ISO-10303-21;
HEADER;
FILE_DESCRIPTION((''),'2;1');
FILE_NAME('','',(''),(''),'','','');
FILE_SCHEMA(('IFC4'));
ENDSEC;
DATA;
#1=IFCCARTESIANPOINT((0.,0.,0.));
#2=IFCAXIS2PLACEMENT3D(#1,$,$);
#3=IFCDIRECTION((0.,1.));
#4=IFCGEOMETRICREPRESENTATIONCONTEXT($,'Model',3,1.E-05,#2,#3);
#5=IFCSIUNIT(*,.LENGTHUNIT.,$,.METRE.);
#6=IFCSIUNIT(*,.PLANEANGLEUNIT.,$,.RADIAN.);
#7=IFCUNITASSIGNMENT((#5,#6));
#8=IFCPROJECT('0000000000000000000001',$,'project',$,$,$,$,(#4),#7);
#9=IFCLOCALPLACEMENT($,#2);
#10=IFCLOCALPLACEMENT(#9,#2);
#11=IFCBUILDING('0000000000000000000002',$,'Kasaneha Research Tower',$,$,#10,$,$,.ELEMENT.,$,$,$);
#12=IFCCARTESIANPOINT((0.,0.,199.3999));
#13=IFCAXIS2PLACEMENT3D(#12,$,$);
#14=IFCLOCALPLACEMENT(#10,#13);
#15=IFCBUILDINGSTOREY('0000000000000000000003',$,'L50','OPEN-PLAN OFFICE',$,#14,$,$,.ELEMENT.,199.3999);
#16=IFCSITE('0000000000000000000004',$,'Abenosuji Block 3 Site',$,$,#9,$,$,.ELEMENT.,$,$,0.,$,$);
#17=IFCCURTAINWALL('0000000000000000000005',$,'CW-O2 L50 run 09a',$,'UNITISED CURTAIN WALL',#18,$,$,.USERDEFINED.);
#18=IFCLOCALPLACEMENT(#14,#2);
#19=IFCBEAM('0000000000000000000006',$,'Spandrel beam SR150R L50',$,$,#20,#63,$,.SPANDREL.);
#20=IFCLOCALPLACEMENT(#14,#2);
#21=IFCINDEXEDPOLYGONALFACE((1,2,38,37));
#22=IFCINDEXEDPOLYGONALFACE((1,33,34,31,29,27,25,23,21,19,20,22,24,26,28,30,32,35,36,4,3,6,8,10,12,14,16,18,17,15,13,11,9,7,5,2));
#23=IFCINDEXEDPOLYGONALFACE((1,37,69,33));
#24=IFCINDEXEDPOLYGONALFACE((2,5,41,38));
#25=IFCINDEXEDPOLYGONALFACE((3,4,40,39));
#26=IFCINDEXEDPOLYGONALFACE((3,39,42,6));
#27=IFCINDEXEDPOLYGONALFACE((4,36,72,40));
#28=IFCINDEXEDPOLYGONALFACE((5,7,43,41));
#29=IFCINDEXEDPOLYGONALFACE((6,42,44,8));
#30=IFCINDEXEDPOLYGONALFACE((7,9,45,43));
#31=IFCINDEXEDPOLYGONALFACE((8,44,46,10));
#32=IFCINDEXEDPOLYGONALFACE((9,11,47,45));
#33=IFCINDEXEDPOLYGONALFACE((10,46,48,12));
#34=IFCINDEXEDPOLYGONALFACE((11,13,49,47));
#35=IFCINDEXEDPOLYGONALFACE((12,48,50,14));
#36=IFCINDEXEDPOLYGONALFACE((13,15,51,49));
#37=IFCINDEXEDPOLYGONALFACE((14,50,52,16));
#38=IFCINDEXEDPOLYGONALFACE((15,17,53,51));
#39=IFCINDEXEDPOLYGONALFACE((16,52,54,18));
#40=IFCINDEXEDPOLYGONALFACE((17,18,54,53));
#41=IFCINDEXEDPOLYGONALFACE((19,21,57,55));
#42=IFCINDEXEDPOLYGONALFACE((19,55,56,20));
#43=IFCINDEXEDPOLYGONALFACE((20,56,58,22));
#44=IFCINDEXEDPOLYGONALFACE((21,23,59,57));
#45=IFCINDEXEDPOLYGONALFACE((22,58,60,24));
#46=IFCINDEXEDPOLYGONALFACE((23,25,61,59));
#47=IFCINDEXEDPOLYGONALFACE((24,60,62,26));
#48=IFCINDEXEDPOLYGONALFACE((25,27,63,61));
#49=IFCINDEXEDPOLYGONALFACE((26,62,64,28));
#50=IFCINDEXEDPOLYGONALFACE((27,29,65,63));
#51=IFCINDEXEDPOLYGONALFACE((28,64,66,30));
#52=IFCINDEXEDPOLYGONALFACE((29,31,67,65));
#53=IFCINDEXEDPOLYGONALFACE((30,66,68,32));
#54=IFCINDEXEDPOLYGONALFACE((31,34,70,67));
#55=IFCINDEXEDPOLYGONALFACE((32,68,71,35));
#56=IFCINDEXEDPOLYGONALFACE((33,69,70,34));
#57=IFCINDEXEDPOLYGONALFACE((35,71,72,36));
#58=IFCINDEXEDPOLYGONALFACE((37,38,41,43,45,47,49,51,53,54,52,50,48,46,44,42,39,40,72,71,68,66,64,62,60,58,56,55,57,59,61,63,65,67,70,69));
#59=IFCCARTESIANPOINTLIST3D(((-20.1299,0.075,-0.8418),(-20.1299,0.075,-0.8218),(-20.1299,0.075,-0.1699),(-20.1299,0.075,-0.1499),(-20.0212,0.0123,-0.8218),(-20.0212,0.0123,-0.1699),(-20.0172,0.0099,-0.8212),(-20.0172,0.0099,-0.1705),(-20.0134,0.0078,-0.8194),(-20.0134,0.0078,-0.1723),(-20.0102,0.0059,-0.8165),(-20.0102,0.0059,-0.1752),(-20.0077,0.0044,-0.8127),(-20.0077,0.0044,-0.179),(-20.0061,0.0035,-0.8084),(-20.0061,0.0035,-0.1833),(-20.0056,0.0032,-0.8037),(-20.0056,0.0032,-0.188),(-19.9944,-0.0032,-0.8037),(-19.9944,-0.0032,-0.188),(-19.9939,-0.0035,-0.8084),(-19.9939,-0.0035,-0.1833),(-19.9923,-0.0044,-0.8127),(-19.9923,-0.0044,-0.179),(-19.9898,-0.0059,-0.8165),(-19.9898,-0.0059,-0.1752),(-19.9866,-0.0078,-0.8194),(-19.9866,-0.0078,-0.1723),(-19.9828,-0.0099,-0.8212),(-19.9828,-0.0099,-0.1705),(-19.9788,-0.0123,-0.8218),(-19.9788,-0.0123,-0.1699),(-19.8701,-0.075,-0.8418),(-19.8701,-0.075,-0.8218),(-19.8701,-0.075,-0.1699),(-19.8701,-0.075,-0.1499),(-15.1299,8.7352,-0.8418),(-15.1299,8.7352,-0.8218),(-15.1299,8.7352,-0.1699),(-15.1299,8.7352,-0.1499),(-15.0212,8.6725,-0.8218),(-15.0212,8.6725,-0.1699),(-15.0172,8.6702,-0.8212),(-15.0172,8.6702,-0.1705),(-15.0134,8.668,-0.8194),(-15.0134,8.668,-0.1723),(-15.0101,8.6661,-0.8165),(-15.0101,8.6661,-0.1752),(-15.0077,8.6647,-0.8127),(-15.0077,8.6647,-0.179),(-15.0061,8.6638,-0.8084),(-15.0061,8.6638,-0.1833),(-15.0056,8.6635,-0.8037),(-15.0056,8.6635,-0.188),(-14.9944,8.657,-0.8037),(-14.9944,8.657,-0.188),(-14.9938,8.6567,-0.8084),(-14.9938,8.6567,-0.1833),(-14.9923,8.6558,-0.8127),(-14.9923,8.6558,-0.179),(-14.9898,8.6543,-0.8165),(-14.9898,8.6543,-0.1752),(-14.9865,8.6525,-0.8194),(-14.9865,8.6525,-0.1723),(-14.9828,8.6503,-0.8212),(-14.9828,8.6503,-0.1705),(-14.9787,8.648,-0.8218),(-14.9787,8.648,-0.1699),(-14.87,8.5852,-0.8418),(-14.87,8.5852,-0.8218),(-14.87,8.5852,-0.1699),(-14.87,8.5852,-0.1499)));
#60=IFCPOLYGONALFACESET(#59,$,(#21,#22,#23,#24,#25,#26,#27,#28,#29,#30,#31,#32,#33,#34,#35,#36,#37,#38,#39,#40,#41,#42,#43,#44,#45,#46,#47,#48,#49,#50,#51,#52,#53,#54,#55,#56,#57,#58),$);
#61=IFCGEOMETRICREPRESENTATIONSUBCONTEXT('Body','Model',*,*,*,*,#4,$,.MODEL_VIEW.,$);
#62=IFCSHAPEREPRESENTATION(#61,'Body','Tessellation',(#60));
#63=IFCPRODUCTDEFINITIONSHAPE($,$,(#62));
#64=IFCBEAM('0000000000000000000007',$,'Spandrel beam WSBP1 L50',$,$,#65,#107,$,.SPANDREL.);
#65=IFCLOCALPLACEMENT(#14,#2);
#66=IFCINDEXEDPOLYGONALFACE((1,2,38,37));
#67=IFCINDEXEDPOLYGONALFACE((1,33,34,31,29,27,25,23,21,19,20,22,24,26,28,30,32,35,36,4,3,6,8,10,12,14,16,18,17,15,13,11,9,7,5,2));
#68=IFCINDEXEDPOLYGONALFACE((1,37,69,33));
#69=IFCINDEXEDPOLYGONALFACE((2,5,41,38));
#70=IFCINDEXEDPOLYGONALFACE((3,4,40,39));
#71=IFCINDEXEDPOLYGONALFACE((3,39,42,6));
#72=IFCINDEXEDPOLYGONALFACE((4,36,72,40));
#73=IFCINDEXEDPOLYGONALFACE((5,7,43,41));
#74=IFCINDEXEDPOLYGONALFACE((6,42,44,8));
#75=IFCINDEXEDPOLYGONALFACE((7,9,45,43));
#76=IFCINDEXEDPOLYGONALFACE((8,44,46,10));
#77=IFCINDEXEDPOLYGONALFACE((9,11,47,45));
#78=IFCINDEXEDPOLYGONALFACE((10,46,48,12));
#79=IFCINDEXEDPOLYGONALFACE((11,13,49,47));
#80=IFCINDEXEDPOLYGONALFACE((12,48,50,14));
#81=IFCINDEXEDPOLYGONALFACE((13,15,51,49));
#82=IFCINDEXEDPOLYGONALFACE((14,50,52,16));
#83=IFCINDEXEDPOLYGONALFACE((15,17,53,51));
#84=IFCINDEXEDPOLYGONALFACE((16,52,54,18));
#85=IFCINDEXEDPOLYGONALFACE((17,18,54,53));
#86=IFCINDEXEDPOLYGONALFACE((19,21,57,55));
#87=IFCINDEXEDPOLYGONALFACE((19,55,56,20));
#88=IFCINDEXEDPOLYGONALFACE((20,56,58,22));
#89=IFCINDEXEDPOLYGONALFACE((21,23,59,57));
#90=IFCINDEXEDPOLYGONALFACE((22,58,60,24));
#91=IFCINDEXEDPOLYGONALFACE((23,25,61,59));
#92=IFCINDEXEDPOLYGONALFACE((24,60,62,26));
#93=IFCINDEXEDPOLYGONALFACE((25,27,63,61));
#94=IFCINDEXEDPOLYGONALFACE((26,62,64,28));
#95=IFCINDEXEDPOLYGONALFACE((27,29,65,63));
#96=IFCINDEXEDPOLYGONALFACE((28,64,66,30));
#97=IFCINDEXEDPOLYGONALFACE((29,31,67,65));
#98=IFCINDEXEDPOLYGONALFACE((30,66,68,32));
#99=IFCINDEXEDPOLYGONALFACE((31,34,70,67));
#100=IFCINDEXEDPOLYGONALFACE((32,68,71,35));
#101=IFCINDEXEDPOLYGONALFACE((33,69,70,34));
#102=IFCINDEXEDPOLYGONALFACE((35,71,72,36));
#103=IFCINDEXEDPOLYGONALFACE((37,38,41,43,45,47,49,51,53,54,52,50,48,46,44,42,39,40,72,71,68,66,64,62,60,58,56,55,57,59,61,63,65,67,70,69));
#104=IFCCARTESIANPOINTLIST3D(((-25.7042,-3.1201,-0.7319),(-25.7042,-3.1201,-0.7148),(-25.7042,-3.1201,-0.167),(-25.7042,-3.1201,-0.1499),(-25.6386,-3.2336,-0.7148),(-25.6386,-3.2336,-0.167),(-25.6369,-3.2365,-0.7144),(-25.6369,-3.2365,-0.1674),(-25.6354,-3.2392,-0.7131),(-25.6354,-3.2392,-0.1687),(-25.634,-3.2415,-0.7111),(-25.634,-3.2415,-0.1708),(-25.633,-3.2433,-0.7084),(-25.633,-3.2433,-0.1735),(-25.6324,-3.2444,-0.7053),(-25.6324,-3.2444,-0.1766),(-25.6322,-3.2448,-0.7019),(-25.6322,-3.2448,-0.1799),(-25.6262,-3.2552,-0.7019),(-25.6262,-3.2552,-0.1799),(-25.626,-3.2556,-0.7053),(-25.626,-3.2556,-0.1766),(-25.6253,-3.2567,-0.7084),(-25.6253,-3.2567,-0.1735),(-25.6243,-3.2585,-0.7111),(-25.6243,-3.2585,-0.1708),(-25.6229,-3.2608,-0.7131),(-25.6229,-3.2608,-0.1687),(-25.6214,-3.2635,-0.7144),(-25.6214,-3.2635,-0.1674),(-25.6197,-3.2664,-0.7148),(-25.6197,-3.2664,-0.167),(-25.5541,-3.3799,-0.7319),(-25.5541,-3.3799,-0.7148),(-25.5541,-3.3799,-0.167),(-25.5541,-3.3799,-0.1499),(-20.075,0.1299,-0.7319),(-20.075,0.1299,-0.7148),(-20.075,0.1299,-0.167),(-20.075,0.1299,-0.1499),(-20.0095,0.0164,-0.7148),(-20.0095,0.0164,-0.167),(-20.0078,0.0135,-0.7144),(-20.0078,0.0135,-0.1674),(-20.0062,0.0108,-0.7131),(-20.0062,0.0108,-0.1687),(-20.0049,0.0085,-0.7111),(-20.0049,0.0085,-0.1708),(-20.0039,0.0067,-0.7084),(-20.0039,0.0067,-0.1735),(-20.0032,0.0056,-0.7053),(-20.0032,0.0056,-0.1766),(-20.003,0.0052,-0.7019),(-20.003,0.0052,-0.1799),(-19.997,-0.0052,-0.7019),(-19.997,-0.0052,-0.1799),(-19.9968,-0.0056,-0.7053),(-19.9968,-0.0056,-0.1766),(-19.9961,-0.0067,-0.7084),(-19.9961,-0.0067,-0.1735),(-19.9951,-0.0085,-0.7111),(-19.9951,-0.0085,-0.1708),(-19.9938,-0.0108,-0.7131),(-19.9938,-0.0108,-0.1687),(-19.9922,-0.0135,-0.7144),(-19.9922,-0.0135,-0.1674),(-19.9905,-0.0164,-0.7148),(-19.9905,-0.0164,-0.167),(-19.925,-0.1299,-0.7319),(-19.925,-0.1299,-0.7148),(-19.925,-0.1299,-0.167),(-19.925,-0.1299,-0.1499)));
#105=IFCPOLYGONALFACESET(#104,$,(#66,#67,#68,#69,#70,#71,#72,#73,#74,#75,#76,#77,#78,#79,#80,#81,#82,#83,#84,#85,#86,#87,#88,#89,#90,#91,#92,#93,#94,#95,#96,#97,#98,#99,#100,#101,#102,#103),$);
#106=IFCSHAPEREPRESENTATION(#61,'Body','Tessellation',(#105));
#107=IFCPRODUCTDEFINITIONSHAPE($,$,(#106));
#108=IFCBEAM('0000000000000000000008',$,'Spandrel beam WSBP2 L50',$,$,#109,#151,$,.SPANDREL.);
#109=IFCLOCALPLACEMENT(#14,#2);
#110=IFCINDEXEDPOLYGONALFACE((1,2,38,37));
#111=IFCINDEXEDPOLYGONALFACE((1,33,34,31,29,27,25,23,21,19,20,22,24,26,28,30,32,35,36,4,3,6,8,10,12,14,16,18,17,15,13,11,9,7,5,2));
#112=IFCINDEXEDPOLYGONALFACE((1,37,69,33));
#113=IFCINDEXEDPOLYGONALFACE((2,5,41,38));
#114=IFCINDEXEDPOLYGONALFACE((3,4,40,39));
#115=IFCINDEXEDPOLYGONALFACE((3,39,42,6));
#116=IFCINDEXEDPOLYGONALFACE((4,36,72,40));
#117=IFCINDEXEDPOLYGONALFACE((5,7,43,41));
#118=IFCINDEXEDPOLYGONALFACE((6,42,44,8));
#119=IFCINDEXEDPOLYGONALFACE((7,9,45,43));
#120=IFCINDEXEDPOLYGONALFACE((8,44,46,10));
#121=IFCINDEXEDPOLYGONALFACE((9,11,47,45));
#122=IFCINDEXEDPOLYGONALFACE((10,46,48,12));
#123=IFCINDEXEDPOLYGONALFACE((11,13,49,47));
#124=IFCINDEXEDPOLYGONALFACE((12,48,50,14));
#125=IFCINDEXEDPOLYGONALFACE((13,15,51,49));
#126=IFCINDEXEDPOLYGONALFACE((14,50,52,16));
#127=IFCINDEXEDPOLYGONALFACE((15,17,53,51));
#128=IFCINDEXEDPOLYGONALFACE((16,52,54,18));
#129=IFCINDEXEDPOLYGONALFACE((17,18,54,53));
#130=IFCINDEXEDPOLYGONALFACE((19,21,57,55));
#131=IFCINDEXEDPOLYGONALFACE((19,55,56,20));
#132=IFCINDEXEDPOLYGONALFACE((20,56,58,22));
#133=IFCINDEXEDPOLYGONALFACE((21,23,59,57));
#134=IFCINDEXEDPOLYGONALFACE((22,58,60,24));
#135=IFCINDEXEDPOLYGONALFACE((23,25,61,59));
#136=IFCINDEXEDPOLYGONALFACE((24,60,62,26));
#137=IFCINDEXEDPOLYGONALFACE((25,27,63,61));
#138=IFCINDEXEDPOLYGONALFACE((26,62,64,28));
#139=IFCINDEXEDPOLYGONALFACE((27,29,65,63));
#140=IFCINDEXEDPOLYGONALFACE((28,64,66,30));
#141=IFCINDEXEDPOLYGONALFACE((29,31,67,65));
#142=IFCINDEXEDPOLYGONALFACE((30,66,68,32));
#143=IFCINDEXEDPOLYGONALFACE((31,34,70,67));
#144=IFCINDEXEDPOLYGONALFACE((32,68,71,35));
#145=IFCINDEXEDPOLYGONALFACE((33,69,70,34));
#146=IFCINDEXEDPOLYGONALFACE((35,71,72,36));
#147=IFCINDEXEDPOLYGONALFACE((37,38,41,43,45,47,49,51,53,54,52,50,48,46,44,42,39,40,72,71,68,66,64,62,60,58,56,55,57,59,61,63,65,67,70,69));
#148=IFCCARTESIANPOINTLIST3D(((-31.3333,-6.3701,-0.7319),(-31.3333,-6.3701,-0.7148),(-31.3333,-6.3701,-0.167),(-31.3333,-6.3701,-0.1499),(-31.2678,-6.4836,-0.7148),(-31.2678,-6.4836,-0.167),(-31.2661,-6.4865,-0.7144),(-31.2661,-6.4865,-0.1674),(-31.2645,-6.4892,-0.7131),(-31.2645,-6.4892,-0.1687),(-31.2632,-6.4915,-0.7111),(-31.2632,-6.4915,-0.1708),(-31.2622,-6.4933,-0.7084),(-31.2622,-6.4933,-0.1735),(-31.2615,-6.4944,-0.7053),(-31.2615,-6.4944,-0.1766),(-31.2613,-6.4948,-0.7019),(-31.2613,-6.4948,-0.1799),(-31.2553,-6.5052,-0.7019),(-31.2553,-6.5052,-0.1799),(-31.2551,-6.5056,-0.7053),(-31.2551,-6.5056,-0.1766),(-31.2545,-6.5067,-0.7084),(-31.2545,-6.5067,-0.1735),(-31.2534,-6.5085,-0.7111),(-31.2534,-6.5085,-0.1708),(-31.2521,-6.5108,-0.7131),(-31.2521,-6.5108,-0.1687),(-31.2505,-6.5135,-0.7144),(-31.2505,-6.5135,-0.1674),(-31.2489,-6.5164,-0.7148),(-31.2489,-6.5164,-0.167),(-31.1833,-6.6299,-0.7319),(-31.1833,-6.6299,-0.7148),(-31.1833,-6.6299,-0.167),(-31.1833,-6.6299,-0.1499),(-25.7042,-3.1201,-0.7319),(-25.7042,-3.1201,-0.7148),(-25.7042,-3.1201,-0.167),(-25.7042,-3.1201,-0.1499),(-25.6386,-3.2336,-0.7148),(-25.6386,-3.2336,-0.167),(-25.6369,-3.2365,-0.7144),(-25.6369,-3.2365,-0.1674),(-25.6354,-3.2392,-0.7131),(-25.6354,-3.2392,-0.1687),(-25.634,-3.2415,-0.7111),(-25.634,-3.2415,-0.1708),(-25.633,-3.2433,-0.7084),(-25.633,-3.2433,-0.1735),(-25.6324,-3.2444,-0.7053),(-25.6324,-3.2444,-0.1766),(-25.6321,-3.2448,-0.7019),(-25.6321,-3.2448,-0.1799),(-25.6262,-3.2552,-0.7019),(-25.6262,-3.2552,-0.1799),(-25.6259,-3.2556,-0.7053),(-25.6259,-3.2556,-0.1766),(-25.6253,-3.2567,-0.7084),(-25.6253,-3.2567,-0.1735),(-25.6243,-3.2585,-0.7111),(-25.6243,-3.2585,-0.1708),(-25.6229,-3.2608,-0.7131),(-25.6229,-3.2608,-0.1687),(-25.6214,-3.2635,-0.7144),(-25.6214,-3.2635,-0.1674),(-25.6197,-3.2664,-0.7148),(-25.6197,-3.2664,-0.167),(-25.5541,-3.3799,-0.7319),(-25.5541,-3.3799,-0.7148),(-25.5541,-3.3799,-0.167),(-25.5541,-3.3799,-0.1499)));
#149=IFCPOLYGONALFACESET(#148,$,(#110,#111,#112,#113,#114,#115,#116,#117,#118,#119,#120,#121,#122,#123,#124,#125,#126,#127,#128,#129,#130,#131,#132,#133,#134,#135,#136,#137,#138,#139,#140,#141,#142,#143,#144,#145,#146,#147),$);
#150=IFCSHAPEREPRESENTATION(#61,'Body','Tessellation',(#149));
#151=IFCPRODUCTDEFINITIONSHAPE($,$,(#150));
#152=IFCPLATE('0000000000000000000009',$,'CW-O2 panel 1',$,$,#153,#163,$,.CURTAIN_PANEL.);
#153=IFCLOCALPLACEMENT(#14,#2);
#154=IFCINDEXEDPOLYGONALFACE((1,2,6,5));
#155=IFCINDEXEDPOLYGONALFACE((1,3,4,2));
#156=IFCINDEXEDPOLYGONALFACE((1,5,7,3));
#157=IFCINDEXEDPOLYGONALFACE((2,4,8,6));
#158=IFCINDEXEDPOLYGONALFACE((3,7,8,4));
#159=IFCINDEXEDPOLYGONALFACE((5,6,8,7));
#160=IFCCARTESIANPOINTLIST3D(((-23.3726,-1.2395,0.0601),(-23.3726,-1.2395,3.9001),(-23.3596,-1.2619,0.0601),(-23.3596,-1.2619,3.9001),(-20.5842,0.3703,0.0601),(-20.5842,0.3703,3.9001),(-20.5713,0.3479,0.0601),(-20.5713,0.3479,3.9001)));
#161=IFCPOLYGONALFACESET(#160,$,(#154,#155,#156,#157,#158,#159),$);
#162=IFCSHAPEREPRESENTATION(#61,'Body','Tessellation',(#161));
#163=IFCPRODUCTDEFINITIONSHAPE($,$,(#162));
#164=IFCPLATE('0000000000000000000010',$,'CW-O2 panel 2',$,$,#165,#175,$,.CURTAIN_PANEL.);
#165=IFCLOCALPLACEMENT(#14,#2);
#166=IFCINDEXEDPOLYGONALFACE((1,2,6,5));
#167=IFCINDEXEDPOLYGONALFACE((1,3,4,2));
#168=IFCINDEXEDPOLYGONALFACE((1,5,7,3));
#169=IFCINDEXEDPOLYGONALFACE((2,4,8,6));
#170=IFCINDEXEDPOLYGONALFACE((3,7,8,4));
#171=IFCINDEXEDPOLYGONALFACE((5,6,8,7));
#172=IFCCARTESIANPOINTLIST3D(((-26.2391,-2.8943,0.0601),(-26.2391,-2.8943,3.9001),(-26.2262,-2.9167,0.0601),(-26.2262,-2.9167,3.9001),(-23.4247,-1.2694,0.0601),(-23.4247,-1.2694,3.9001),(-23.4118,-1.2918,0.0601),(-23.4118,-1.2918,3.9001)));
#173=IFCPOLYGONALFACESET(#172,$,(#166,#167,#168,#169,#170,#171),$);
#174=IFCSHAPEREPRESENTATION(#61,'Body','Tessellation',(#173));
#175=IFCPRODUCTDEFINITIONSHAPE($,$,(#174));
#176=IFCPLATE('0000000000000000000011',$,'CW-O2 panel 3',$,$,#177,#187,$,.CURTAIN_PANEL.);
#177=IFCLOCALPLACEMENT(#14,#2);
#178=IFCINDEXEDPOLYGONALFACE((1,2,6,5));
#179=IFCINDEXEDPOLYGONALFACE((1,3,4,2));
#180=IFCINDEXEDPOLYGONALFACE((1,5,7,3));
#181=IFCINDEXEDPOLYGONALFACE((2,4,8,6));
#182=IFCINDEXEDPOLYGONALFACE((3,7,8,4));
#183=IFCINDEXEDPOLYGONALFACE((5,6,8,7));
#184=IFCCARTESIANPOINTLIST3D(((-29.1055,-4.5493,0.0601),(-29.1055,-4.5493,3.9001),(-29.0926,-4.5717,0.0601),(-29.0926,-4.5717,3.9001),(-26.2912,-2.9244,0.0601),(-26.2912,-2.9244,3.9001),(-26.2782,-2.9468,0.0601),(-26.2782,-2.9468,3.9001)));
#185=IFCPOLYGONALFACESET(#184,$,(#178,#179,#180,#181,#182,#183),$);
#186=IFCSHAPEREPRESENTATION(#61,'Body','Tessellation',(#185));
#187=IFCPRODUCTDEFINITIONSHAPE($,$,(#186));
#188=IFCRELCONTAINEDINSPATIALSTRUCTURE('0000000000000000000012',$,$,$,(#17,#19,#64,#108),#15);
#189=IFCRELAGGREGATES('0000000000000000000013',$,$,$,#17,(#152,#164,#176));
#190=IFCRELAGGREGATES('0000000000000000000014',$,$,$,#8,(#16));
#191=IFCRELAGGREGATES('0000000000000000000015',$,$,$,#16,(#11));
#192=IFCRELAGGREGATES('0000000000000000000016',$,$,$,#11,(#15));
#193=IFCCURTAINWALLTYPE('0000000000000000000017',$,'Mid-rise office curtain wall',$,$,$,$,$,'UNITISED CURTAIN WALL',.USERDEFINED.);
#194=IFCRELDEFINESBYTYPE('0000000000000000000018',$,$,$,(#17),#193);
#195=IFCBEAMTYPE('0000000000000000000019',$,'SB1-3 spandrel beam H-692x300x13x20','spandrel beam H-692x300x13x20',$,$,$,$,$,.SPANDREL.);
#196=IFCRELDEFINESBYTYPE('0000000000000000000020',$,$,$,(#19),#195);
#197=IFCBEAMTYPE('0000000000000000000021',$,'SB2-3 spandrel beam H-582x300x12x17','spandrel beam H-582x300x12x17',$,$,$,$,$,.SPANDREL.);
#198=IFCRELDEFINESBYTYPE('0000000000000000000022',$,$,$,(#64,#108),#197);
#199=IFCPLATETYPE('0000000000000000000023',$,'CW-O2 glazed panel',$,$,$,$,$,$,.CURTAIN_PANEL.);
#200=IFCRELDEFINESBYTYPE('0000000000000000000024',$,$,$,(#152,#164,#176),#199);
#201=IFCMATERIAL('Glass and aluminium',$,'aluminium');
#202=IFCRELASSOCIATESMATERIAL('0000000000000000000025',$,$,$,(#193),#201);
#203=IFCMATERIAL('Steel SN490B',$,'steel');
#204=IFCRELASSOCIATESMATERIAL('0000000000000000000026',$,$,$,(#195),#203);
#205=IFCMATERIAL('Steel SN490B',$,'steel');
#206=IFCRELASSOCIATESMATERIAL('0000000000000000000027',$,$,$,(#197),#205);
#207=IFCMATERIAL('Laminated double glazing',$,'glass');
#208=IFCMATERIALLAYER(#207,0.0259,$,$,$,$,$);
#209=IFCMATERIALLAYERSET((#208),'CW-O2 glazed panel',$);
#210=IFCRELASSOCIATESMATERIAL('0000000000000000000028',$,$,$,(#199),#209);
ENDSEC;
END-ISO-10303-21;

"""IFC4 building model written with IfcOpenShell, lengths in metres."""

from ifc_helpers import new_model, si_unit, direction, frame, origin, origin_2d, place, context, subcontext, project, spatial, rectangle, i_section, extrude, material, layer, layer_set, material_profile, profile_set, type_object, element, aggregate, save


model = new_model("IFC4")

# Units and contexts
model_context = context("Model", 3, precision=1e-05, world=origin(), true_north=direction((0.0, 1.0)))
body_context = subcontext(model_context, "Body", "Model", "MODEL_VIEW")
ifc_project = project(units=[si_unit("LENGTHUNIT", "METRE"), si_unit("PLANEANGLEUNIT", "RADIAN")], contexts=[model_context])

# Site, building, storey
site_placement = place(None, origin())
site = spatial("IfcSite", under=ifc_project, at=site_placement, Name="Abenosuji Block 3 Site", CompositionType="ELEMENT", RefElevation=0.0)
building_placement = place(site_placement, origin())
building = spatial("IfcBuilding", under=site, at=building_placement, Name="Kasaneha Research Tower", CompositionType="ELEMENT")
storey_placement = place(building_placement, frame((0.0, 0.0, 199.3999)))
storey = spatial("IfcBuildingStorey", under=building, at=storey_placement, Name="L50", Description="OPEN-PLAN OFFICE", CompositionType="ELEMENT", Elevation=199.3999)

# Shared definitions
ifc_material_1 = material(Name="Glass and aluminium", Category="aluminium")
curtain_wall_type = type_object("IfcCurtainWallType", Name="Mid-rise office curtain wall", ElementType="UNITISED CURTAIN WALL", PredefinedType="USERDEFINED", material=ifc_material_1)

# Curtain wall
curtain_wall_1_placement = place(storey_placement, origin())
curtain_wall_1 = element("IfcCurtainWall", 1, at=curtain_wall_1_placement, inside=storey, type_object=curtain_wall_type, Name="CW-O2 L50 run 09a", ObjectType="UNITISED CURTAIN WALL", PredefinedType="USERDEFINED")

# Beams
ifc_material_2 = material(Name="Steel SN490B", Category="steel")
ifc_material_profile_1 = material_profile(ifc_material_2, i_section(OverallWidth=0.3, OverallDepth=0.6919, WebThickness=0.0129, FlangeThickness=0.02, FilletRadius=0.0181, at=origin_2d()), Name="H-692x300x13x20")
ifc_profile_set_1 = profile_set([ifc_material_profile_1], Name="Steel SN490B")
beam_type_1 = type_object("IfcBeamType", Name="SB1-3 spandrel beam H-692x300x13x20", Description="spandrel beam H-692x300x13x20", PredefinedType="SPANDREL", material=ifc_profile_set_1)
beam_1_placement = place(storey_placement, frame((-20.0, 0.0, -0.4958), z_axis=(0.500004, 0.866023, 0.0), x_axis=(-0.866023, 0.500004, 0.0)))
element("IfcBeam", 2, at=beam_1_placement, inside=storey, type_object=beam_type_1, Name="Spandrel beam SR150R L50", PredefinedType="SPANDREL", context=body_context, shape_type="SweptSolid", body=[
    extrude(i_section(OverallWidth=0.3, OverallDepth=0.6919, WebThickness=0.0129, FlangeThickness=0.02, FilletRadius=0.0181, at=origin_2d()), origin(), (0.0, 0.0, 1.0), 10.0),
])
ifc_material_3 = material(Name="Steel SN490B", Category="steel")
ifc_material_profile_2 = material_profile(ifc_material_3, i_section(OverallWidth=0.3, OverallDepth=0.582, WebThickness=0.012, FlangeThickness=0.0171, FilletRadius=0.0129, at=origin_2d()), Name="H-582x300x12x17")
ifc_profile_set_2 = profile_set([ifc_material_profile_2], Name="Steel SN490B")
beam_type_2 = type_object("IfcBeamType", Name="SB2-3 spandrel beam H-582x300x12x17", Description="spandrel beam H-582x300x12x17", PredefinedType="SPANDREL", material=ifc_profile_set_2)
for number, where, z_axis, x_axis, name in (
    (3, (-20.0, 0.0, -0.4409), (-0.866025, -0.500001, 0.0), (0.500001, -0.866025, 0.0), "Spandrel beam WSBP1 L50"),
    (4, (-25.6292, -3.25, -0.4409), (-0.866025, -0.500001, 0.0), (0.500001, -0.866025, 0.0), "Spandrel beam WSBP2 L50"),
):
    element("IfcBeam", number, at=place(storey_placement, frame(where, z_axis=z_axis, x_axis=x_axis)), inside=storey, type_object=beam_type_2, Name=name, PredefinedType="SPANDREL", context=body_context, shape_type="SweptSolid", body=[
        extrude(i_section(OverallWidth=0.3, OverallDepth=0.582, WebThickness=0.012, FlangeThickness=0.0171, FilletRadius=0.0129, at=origin_2d()), origin(), (0.0, 0.0, 1.0), 6.5),
    ])

# Plates
ifc_material_4 = material(Name="Laminated double glazing", Category="glass")
ifc_layer_1 = layer(ifc_material_4, 0.0259)
ifc_layer_set_1 = layer_set([ifc_layer_1], Name="CW-O2 glazed panel")
plate_type = type_object("IfcPlateType", Name="CW-O2 glazed panel", PredefinedType="CURTAIN_PANEL", material=ifc_layer_set_1)
plate_1_placement = place(storey_placement, frame((-21.9719, -0.4458, 0.0601), z_axis=(0.0, 0.0, 1.0), x_axis=(-0.866025, -0.5, 0.0)))
plate_1 = element("IfcPlate", 5, at=plate_1_placement, type_object=plate_type, Name="CW-O2 panel 1", PredefinedType="CURTAIN_PANEL", context=body_context, shape_type="SweptSolid", body=[
    extrude(rectangle(XDim=3.2197, YDim=0.0259, at=origin_2d()), origin(), (0.0, 0.0, 1.0), 3.8401),
])
plate_2_placement = place(storey_placement, frame((-24.8254, -2.093, 0.0601), z_axis=(0.0, 0.0, 1.0), x_axis=(-0.866025, -0.5, 0.0)))
plate_2 = element("IfcPlate", 6, at=plate_2_placement, type_object=plate_type, Name="CW-O2 panel 2", PredefinedType="CURTAIN_PANEL", context=body_context, shape_type="SweptSolid", body=[
    extrude(rectangle(XDim=3.2498, YDim=0.0259, at=origin_2d()), origin(), (0.0, 0.0, 1.0), 3.8401),
])
plate_3_placement = place(storey_placement, frame((-27.6919, -3.748, 0.0601), z_axis=(0.0, 0.0, 1.0), x_axis=(-0.866025, -0.5, 0.0)))
plate_3 = element("IfcPlate", 7, at=plate_3_placement, type_object=plate_type, Name="CW-O2 panel 3", PredefinedType="CURTAIN_PANEL", context=body_context, shape_type="SweptSolid", body=[
    extrude(rectangle(XDim=3.2498, YDim=0.0259, at=origin_2d()), origin(), (0.0, 0.0, 1.0), 3.8401),
])
aggregate(curtain_wall_1, [plate_1, plate_2, plate_3])

save(model, "model.ifc")
